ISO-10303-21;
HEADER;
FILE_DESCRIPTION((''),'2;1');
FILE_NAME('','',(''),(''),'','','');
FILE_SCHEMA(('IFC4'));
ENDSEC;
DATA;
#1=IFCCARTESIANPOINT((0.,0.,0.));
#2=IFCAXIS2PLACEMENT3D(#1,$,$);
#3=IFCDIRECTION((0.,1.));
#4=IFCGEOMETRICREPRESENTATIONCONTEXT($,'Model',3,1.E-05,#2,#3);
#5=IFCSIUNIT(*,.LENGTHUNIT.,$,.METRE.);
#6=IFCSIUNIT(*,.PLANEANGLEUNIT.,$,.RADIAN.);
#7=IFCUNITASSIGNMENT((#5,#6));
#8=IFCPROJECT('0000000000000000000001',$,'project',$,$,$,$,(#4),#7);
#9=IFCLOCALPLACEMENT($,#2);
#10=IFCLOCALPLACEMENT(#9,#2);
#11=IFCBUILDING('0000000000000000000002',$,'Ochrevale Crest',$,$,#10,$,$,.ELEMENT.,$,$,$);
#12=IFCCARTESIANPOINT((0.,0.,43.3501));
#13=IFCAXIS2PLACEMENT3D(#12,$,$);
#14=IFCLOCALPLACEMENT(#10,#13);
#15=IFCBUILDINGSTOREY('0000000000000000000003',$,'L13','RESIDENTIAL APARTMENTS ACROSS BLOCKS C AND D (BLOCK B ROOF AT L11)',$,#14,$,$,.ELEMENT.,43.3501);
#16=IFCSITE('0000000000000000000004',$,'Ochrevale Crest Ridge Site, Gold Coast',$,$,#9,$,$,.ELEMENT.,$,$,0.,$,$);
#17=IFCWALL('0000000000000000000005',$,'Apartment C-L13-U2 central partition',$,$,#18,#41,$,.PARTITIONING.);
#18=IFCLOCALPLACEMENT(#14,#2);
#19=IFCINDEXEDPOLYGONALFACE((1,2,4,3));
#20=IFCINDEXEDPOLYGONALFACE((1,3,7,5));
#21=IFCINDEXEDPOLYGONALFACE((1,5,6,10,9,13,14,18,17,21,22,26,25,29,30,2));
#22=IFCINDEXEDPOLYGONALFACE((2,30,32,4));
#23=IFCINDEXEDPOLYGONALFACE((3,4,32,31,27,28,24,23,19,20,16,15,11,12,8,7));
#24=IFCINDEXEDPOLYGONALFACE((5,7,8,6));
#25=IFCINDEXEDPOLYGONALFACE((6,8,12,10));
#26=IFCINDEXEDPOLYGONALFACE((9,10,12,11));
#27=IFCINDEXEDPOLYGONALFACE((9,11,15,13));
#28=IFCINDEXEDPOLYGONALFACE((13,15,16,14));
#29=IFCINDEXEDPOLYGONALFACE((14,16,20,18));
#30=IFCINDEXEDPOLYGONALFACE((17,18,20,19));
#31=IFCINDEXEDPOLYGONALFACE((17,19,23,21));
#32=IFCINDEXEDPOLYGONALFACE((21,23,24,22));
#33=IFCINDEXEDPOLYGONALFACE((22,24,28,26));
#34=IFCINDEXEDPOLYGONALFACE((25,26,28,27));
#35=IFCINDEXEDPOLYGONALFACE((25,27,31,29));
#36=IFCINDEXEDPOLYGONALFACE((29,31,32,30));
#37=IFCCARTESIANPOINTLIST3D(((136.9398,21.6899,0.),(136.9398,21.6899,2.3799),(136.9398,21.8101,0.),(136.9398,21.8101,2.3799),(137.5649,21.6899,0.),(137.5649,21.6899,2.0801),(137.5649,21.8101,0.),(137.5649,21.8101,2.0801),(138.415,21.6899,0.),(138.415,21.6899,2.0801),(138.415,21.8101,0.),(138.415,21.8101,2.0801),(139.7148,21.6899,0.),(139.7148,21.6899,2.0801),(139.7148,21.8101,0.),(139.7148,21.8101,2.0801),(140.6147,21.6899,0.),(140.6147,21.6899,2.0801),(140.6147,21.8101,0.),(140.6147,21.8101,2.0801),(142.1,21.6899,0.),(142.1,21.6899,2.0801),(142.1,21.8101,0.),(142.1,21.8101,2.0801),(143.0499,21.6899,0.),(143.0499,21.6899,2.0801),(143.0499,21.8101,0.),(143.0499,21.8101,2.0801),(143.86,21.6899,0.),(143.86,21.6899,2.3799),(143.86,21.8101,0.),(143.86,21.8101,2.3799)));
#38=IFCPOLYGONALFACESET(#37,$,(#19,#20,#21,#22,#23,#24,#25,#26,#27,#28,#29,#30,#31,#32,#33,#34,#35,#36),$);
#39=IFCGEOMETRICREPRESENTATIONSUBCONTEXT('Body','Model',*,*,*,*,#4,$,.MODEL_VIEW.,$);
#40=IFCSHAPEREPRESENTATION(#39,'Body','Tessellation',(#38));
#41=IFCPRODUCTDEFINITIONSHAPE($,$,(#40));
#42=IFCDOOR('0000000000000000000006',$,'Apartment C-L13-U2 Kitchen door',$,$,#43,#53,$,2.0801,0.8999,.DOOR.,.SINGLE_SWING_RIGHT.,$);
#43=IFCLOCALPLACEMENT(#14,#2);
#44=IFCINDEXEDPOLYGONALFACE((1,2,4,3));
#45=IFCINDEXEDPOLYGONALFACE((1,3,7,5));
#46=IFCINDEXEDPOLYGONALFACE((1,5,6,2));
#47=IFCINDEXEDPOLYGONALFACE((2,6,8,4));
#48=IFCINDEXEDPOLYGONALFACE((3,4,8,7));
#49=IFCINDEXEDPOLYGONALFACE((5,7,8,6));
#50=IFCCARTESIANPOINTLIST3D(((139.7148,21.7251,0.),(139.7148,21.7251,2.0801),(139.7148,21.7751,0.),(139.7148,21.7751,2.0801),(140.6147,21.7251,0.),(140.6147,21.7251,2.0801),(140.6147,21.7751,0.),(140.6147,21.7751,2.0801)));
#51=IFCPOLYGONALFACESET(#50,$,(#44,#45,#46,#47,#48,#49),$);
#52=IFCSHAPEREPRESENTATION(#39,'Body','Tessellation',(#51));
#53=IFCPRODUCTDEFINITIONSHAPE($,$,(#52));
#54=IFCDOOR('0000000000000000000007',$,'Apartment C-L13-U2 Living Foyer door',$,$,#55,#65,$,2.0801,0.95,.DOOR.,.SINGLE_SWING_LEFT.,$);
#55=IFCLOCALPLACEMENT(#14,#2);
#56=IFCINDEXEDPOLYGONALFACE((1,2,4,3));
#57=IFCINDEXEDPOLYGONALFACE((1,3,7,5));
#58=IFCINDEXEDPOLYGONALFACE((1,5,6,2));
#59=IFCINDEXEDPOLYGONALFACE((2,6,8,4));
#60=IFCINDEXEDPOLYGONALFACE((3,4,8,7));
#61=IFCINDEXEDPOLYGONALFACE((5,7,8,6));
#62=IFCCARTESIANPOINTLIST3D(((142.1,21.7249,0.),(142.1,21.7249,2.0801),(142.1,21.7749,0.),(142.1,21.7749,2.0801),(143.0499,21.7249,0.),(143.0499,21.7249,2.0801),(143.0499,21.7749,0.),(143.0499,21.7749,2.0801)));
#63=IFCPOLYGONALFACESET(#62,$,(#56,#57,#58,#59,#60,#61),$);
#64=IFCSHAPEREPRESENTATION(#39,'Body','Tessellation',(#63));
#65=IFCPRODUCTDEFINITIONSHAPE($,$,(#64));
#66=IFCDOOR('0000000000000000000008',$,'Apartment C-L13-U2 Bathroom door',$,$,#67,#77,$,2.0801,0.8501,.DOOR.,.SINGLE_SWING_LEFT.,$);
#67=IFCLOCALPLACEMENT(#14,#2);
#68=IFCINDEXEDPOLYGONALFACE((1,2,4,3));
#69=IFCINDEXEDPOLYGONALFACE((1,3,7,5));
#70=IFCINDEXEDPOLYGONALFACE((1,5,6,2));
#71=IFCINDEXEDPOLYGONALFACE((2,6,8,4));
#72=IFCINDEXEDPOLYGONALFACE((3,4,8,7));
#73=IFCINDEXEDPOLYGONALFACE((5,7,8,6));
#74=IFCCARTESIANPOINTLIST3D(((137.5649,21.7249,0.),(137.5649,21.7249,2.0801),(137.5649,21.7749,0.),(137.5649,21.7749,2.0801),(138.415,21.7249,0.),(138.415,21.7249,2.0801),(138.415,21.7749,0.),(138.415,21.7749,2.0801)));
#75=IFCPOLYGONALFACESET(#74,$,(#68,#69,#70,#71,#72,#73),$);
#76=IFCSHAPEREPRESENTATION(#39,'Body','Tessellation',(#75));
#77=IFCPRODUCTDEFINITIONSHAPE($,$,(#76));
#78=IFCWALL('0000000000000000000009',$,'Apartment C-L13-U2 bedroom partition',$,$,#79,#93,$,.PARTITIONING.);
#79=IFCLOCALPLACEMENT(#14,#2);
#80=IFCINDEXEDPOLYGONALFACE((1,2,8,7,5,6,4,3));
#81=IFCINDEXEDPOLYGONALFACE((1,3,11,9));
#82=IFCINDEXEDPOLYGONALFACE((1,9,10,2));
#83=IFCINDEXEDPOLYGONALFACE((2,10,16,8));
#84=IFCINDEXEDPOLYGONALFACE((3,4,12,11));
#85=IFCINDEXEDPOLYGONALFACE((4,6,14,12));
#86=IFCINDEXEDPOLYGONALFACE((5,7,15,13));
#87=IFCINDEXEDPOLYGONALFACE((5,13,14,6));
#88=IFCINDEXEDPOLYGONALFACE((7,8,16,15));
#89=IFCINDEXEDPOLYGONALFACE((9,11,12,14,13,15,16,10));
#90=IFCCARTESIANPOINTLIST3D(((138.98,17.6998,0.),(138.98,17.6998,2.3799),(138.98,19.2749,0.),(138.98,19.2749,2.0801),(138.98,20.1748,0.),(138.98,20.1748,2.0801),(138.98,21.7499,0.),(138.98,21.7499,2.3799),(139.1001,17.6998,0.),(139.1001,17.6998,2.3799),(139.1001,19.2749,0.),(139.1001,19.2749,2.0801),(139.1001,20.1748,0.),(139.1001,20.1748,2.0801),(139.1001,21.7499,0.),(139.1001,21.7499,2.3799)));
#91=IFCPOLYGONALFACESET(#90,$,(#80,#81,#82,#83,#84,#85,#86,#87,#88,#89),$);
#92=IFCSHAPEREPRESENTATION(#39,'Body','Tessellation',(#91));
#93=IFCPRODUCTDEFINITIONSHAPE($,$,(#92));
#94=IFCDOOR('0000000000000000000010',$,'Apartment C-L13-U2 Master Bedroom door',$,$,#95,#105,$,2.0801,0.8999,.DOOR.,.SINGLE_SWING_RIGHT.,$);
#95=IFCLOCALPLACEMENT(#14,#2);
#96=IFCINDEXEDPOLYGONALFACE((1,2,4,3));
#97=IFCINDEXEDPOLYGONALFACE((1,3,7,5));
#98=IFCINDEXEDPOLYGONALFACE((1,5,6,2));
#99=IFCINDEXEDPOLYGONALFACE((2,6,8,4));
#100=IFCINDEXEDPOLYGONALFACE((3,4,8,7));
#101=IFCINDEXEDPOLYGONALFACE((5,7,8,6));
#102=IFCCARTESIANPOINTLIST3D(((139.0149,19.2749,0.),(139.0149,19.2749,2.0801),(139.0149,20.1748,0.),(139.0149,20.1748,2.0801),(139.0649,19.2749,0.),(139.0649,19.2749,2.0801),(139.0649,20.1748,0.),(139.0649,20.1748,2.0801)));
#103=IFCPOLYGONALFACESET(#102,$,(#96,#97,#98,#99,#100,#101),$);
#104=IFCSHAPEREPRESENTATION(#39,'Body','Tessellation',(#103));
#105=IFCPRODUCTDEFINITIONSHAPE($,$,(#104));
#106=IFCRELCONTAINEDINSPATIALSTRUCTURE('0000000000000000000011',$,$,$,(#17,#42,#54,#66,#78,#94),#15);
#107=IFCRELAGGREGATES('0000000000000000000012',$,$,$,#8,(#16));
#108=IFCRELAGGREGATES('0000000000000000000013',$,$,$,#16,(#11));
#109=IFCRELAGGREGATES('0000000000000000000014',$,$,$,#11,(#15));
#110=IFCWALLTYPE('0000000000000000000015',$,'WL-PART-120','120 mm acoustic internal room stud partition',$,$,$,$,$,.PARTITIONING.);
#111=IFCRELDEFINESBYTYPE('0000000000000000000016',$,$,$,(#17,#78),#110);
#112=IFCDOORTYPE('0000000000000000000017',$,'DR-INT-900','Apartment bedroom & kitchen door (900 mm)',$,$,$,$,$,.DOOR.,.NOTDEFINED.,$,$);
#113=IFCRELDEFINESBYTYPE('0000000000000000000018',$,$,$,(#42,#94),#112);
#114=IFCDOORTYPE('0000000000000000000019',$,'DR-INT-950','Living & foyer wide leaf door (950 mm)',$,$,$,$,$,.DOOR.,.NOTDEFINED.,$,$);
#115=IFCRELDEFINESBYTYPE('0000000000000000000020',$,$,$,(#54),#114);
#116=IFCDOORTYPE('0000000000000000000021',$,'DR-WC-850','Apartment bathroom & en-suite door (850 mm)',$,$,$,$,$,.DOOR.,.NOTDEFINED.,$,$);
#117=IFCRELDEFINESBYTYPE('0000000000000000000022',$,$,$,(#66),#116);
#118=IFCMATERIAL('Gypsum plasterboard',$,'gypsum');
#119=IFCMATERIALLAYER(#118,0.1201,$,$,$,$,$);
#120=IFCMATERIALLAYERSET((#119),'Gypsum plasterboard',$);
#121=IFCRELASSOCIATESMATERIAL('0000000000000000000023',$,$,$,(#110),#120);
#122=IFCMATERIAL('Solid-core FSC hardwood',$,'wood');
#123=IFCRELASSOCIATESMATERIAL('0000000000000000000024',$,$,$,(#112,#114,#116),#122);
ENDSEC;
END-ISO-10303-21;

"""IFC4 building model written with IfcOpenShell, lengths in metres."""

from ifc_helpers import new_model, si_unit, direction, frame, frame_2d, origin, place, context, subcontext, project, spatial, rectangle, extrude, material, layer, layer_set, type_object, element, fill, save


model = new_model("IFC4")

# Units and contexts
model_context = context("Model", 3, precision=1e-05, world=origin(), true_north=direction((0.0, 1.0)))
body_context = subcontext(model_context, "Body", "Model", "MODEL_VIEW")
ifc_project = project(units=[si_unit("LENGTHUNIT", "METRE"), si_unit("PLANEANGLEUNIT", "RADIAN")], contexts=[model_context])

# Site, building, storey
site_placement = place(None, origin())
site = spatial("IfcSite", under=ifc_project, at=site_placement, Name="Ochrevale Crest Ridge Site, Gold Coast", CompositionType="ELEMENT", RefElevation=0.0)
building_placement = place(site_placement, origin())
building = spatial("IfcBuilding", under=site, at=building_placement, Name="Ochrevale Crest", CompositionType="ELEMENT")
storey_placement = place(building_placement, frame((0.0, 0.0, 43.3501)))
storey = spatial("IfcBuildingStorey", under=building, at=storey_placement, Name="L13", Description="RESIDENTIAL APARTMENTS ACROSS BLOCKS C AND D (BLOCK B ROOF AT L11)", CompositionType="ELEMENT", Elevation=43.3501)

# Shared definitions
ifc_material_1 = material(Name="Gypsum plasterboard", Category="gypsum")
ifc_material_2 = material(Name="Solid-core FSC hardwood", Category="wood")

# Shared definitions
ifc_layer_1 = layer(ifc_material_1, 0.1201)
ifc_layer_set_1 = layer_set([ifc_layer_1], Name="Gypsum plasterboard")
wall_type_1 = type_object("IfcWallType", Name="WL-PART-120", Description="120 mm acoustic internal room stud partition", PredefinedType="PARTITIONING", material=ifc_layer_set_1)

# Wall, openings, doors
wall_1_placement = place(storey_placement, frame((136.9399, 21.75, 0.0), z_axis=(0.0, 0.0, 1.0), x_axis=(1.0, 0.0, 0.0)))
wall_1 = element("IfcWall", 1, at=wall_1_placement, inside=storey, type_object=wall_type_1, Name="Apartment C-L13-U2 central partition", PredefinedType="PARTITIONING", context=body_context, shape_type="SweptSolid", body=[
    extrude(rectangle(XDim=6.9202, YDim=0.1201, at=frame_2d((3.46, 0.0))), origin(), (0.0, 0.0, 1.0), 2.3799),
])
opening_1_placement = place(wall_1_placement, frame((0.625, 0.0, 0.0)))
opening_1 = element("IfcOpeningElement", 2, at=opening_1_placement, cuts=wall_1, PredefinedType="OPENING", context=body_context, shape_type="SweptSolid", body=[
    extrude(rectangle(XDim=0.8501, YDim=2.0801, at=frame_2d((0.425, 1.04))), frame((0.0, 0.0701, 0.0), z_axis=(0.0, -1.0, 0.0), x_axis=(1.0, 0.0, 0.0)), (0.0, 0.0, 1.0), 0.1401),
])
opening_2_placement = place(wall_1_placement, frame((3.6748, 0.0, 0.0), z_axis=(0.0, 0.0, 1.0), x_axis=(-1.0, 0.0, 0.0)))
opening_2 = element("IfcOpeningElement", 3, at=opening_2_placement, cuts=wall_1, PredefinedType="OPENING", context=body_context, shape_type="SweptSolid", body=[
    extrude(rectangle(XDim=0.8999, YDim=2.0801, at=frame_2d((0.45, 1.04))), frame((0.0, 0.0701, 0.0), z_axis=(0.0, -1.0, 0.0), x_axis=(1.0, 0.0, 0.0)), (0.0, 0.0, 1.0), 0.1401),
])
opening_3_placement = place(wall_1_placement, frame((5.1599, 0.0, 0.0)))
opening_3 = element("IfcOpeningElement", 4, at=opening_3_placement, cuts=wall_1, PredefinedType="OPENING", context=body_context, shape_type="SweptSolid", body=[
    extrude(rectangle(XDim=0.95, YDim=2.0801, at=frame_2d((0.4751, 1.04))), frame((0.0, 0.0701, 0.0), z_axis=(0.0, -1.0, 0.0), x_axis=(1.0, 0.0, 0.0)), (0.0, 0.0, 1.0), 0.1401),
])
door_type_1 = type_object("IfcDoorType", Name="DR-INT-900", Description="Apartment bedroom & kitchen door (900 mm)", OperationType="NOTDEFINED", PredefinedType="DOOR", material=ifc_material_2)
door_1_placement = place(opening_2_placement, origin())
door_1 = element("IfcDoor", 5, at=door_1_placement, inside=storey, type_object=door_type_1, Name="Apartment C-L13-U2 Kitchen door", OperationType="SINGLE_SWING_RIGHT", OverallHeight=2.0801, OverallWidth=0.8999, PredefinedType="DOOR", context=body_context, shape_type="SweptSolid", body=[
    extrude(rectangle(XDim=0.8999, YDim=2.0801, at=frame_2d((0.45, 1.04))), frame((0.0, 0.0249, 0.0), z_axis=(0.0, -1.0, 0.0), x_axis=(1.0, 0.0, 0.0)), (0.0, 0.0, 1.0), 0.05),
])
fill(opening_2, door_1)
door_type_2 = type_object("IfcDoorType", Name="DR-INT-950", Description="Living & foyer wide leaf door (950 mm)", OperationType="NOTDEFINED", PredefinedType="DOOR", material=ifc_material_2)
door_2_placement = place(opening_3_placement, origin())
door_2 = element("IfcDoor", 6, at=door_2_placement, inside=storey, type_object=door_type_2, Name="Apartment C-L13-U2 Living Foyer door", OperationType="SINGLE_SWING_LEFT", OverallHeight=2.0801, OverallWidth=0.95, PredefinedType="DOOR", context=body_context, shape_type="SweptSolid", body=[
    extrude(rectangle(XDim=0.95, YDim=2.0801, at=frame_2d((0.4751, 1.04))), frame((0.0, 0.0249, 0.0), z_axis=(0.0, -1.0, 0.0), x_axis=(1.0, 0.0, 0.0)), (0.0, 0.0, 1.0), 0.05),
])
fill(opening_3, door_2)
door_type_3 = type_object("IfcDoorType", Name="DR-WC-850", Description="Apartment bathroom & en-suite door (850 mm)", OperationType="NOTDEFINED", PredefinedType="DOOR", material=ifc_material_2)
door_3_placement = place(opening_1_placement, origin())
door_3 = element("IfcDoor", 7, at=door_3_placement, inside=storey, type_object=door_type_3, Name="Apartment C-L13-U2 Bathroom door", OperationType="SINGLE_SWING_LEFT", OverallHeight=2.0801, OverallWidth=0.8501, PredefinedType="DOOR", context=body_context, shape_type="SweptSolid", body=[
    extrude(rectangle(XDim=0.8501, YDim=2.0801, at=frame_2d((0.425, 1.04))), frame((0.0, 0.0249, 0.0), z_axis=(0.0, -1.0, 0.0), x_axis=(1.0, 0.0, 0.0)), (0.0, 0.0, 1.0), 0.05),
])
fill(opening_1, door_3)

# Wall, opening, door
wall_2_placement = place(storey_placement, frame((139.04, 17.7, 0.0), z_axis=(0.0, 0.0, 1.0), x_axis=(0.0, 1.0, 0.0)))
wall_2 = element("IfcWall", 8, at=wall_2_placement, inside=storey, type_object=wall_type_1, Name="Apartment C-L13-U2 bedroom partition", PredefinedType="PARTITIONING", context=body_context, shape_type="SweptSolid", body=[
    extrude(rectangle(XDim=4.05, YDim=0.1201, at=frame_2d((2.0249, 0.0))), origin(), (0.0, 0.0, 1.0), 2.3799),
])
opening_4_placement = place(wall_2_placement, frame((2.4749, 0.0, 0.0), z_axis=(0.0, 0.0, 1.0), x_axis=(-1.0, 0.0, 0.0)))
opening_4 = element("IfcOpeningElement", 9, at=opening_4_placement, cuts=wall_2, PredefinedType="OPENING", context=body_context, shape_type="SweptSolid", body=[
    extrude(rectangle(XDim=0.8999, YDim=2.0801, at=frame_2d((0.45, 1.04))), frame((0.0, 0.0701, 0.0), z_axis=(0.0, -1.0, 0.0), x_axis=(1.0, 0.0, 0.0)), (0.0, 0.0, 1.0), 0.1401),
])
door_4_placement = place(opening_4_placement, origin())
door_4 = element("IfcDoor", 10, at=door_4_placement, inside=storey, type_object=door_type_1, Name="Apartment C-L13-U2 Master Bedroom door", OperationType="SINGLE_SWING_RIGHT", OverallHeight=2.0801, OverallWidth=0.8999, PredefinedType="DOOR", context=body_context, shape_type="SweptSolid", body=[
    extrude(rectangle(XDim=0.8999, YDim=2.0801, at=frame_2d((0.45, 1.04))), frame((0.0, 0.0249, 0.0), z_axis=(0.0, -1.0, 0.0), x_axis=(1.0, 0.0, 0.0)), (0.0, 0.0, 1.0), 0.05),
])
fill(opening_4, door_4)

save(model, "model.ifc")
